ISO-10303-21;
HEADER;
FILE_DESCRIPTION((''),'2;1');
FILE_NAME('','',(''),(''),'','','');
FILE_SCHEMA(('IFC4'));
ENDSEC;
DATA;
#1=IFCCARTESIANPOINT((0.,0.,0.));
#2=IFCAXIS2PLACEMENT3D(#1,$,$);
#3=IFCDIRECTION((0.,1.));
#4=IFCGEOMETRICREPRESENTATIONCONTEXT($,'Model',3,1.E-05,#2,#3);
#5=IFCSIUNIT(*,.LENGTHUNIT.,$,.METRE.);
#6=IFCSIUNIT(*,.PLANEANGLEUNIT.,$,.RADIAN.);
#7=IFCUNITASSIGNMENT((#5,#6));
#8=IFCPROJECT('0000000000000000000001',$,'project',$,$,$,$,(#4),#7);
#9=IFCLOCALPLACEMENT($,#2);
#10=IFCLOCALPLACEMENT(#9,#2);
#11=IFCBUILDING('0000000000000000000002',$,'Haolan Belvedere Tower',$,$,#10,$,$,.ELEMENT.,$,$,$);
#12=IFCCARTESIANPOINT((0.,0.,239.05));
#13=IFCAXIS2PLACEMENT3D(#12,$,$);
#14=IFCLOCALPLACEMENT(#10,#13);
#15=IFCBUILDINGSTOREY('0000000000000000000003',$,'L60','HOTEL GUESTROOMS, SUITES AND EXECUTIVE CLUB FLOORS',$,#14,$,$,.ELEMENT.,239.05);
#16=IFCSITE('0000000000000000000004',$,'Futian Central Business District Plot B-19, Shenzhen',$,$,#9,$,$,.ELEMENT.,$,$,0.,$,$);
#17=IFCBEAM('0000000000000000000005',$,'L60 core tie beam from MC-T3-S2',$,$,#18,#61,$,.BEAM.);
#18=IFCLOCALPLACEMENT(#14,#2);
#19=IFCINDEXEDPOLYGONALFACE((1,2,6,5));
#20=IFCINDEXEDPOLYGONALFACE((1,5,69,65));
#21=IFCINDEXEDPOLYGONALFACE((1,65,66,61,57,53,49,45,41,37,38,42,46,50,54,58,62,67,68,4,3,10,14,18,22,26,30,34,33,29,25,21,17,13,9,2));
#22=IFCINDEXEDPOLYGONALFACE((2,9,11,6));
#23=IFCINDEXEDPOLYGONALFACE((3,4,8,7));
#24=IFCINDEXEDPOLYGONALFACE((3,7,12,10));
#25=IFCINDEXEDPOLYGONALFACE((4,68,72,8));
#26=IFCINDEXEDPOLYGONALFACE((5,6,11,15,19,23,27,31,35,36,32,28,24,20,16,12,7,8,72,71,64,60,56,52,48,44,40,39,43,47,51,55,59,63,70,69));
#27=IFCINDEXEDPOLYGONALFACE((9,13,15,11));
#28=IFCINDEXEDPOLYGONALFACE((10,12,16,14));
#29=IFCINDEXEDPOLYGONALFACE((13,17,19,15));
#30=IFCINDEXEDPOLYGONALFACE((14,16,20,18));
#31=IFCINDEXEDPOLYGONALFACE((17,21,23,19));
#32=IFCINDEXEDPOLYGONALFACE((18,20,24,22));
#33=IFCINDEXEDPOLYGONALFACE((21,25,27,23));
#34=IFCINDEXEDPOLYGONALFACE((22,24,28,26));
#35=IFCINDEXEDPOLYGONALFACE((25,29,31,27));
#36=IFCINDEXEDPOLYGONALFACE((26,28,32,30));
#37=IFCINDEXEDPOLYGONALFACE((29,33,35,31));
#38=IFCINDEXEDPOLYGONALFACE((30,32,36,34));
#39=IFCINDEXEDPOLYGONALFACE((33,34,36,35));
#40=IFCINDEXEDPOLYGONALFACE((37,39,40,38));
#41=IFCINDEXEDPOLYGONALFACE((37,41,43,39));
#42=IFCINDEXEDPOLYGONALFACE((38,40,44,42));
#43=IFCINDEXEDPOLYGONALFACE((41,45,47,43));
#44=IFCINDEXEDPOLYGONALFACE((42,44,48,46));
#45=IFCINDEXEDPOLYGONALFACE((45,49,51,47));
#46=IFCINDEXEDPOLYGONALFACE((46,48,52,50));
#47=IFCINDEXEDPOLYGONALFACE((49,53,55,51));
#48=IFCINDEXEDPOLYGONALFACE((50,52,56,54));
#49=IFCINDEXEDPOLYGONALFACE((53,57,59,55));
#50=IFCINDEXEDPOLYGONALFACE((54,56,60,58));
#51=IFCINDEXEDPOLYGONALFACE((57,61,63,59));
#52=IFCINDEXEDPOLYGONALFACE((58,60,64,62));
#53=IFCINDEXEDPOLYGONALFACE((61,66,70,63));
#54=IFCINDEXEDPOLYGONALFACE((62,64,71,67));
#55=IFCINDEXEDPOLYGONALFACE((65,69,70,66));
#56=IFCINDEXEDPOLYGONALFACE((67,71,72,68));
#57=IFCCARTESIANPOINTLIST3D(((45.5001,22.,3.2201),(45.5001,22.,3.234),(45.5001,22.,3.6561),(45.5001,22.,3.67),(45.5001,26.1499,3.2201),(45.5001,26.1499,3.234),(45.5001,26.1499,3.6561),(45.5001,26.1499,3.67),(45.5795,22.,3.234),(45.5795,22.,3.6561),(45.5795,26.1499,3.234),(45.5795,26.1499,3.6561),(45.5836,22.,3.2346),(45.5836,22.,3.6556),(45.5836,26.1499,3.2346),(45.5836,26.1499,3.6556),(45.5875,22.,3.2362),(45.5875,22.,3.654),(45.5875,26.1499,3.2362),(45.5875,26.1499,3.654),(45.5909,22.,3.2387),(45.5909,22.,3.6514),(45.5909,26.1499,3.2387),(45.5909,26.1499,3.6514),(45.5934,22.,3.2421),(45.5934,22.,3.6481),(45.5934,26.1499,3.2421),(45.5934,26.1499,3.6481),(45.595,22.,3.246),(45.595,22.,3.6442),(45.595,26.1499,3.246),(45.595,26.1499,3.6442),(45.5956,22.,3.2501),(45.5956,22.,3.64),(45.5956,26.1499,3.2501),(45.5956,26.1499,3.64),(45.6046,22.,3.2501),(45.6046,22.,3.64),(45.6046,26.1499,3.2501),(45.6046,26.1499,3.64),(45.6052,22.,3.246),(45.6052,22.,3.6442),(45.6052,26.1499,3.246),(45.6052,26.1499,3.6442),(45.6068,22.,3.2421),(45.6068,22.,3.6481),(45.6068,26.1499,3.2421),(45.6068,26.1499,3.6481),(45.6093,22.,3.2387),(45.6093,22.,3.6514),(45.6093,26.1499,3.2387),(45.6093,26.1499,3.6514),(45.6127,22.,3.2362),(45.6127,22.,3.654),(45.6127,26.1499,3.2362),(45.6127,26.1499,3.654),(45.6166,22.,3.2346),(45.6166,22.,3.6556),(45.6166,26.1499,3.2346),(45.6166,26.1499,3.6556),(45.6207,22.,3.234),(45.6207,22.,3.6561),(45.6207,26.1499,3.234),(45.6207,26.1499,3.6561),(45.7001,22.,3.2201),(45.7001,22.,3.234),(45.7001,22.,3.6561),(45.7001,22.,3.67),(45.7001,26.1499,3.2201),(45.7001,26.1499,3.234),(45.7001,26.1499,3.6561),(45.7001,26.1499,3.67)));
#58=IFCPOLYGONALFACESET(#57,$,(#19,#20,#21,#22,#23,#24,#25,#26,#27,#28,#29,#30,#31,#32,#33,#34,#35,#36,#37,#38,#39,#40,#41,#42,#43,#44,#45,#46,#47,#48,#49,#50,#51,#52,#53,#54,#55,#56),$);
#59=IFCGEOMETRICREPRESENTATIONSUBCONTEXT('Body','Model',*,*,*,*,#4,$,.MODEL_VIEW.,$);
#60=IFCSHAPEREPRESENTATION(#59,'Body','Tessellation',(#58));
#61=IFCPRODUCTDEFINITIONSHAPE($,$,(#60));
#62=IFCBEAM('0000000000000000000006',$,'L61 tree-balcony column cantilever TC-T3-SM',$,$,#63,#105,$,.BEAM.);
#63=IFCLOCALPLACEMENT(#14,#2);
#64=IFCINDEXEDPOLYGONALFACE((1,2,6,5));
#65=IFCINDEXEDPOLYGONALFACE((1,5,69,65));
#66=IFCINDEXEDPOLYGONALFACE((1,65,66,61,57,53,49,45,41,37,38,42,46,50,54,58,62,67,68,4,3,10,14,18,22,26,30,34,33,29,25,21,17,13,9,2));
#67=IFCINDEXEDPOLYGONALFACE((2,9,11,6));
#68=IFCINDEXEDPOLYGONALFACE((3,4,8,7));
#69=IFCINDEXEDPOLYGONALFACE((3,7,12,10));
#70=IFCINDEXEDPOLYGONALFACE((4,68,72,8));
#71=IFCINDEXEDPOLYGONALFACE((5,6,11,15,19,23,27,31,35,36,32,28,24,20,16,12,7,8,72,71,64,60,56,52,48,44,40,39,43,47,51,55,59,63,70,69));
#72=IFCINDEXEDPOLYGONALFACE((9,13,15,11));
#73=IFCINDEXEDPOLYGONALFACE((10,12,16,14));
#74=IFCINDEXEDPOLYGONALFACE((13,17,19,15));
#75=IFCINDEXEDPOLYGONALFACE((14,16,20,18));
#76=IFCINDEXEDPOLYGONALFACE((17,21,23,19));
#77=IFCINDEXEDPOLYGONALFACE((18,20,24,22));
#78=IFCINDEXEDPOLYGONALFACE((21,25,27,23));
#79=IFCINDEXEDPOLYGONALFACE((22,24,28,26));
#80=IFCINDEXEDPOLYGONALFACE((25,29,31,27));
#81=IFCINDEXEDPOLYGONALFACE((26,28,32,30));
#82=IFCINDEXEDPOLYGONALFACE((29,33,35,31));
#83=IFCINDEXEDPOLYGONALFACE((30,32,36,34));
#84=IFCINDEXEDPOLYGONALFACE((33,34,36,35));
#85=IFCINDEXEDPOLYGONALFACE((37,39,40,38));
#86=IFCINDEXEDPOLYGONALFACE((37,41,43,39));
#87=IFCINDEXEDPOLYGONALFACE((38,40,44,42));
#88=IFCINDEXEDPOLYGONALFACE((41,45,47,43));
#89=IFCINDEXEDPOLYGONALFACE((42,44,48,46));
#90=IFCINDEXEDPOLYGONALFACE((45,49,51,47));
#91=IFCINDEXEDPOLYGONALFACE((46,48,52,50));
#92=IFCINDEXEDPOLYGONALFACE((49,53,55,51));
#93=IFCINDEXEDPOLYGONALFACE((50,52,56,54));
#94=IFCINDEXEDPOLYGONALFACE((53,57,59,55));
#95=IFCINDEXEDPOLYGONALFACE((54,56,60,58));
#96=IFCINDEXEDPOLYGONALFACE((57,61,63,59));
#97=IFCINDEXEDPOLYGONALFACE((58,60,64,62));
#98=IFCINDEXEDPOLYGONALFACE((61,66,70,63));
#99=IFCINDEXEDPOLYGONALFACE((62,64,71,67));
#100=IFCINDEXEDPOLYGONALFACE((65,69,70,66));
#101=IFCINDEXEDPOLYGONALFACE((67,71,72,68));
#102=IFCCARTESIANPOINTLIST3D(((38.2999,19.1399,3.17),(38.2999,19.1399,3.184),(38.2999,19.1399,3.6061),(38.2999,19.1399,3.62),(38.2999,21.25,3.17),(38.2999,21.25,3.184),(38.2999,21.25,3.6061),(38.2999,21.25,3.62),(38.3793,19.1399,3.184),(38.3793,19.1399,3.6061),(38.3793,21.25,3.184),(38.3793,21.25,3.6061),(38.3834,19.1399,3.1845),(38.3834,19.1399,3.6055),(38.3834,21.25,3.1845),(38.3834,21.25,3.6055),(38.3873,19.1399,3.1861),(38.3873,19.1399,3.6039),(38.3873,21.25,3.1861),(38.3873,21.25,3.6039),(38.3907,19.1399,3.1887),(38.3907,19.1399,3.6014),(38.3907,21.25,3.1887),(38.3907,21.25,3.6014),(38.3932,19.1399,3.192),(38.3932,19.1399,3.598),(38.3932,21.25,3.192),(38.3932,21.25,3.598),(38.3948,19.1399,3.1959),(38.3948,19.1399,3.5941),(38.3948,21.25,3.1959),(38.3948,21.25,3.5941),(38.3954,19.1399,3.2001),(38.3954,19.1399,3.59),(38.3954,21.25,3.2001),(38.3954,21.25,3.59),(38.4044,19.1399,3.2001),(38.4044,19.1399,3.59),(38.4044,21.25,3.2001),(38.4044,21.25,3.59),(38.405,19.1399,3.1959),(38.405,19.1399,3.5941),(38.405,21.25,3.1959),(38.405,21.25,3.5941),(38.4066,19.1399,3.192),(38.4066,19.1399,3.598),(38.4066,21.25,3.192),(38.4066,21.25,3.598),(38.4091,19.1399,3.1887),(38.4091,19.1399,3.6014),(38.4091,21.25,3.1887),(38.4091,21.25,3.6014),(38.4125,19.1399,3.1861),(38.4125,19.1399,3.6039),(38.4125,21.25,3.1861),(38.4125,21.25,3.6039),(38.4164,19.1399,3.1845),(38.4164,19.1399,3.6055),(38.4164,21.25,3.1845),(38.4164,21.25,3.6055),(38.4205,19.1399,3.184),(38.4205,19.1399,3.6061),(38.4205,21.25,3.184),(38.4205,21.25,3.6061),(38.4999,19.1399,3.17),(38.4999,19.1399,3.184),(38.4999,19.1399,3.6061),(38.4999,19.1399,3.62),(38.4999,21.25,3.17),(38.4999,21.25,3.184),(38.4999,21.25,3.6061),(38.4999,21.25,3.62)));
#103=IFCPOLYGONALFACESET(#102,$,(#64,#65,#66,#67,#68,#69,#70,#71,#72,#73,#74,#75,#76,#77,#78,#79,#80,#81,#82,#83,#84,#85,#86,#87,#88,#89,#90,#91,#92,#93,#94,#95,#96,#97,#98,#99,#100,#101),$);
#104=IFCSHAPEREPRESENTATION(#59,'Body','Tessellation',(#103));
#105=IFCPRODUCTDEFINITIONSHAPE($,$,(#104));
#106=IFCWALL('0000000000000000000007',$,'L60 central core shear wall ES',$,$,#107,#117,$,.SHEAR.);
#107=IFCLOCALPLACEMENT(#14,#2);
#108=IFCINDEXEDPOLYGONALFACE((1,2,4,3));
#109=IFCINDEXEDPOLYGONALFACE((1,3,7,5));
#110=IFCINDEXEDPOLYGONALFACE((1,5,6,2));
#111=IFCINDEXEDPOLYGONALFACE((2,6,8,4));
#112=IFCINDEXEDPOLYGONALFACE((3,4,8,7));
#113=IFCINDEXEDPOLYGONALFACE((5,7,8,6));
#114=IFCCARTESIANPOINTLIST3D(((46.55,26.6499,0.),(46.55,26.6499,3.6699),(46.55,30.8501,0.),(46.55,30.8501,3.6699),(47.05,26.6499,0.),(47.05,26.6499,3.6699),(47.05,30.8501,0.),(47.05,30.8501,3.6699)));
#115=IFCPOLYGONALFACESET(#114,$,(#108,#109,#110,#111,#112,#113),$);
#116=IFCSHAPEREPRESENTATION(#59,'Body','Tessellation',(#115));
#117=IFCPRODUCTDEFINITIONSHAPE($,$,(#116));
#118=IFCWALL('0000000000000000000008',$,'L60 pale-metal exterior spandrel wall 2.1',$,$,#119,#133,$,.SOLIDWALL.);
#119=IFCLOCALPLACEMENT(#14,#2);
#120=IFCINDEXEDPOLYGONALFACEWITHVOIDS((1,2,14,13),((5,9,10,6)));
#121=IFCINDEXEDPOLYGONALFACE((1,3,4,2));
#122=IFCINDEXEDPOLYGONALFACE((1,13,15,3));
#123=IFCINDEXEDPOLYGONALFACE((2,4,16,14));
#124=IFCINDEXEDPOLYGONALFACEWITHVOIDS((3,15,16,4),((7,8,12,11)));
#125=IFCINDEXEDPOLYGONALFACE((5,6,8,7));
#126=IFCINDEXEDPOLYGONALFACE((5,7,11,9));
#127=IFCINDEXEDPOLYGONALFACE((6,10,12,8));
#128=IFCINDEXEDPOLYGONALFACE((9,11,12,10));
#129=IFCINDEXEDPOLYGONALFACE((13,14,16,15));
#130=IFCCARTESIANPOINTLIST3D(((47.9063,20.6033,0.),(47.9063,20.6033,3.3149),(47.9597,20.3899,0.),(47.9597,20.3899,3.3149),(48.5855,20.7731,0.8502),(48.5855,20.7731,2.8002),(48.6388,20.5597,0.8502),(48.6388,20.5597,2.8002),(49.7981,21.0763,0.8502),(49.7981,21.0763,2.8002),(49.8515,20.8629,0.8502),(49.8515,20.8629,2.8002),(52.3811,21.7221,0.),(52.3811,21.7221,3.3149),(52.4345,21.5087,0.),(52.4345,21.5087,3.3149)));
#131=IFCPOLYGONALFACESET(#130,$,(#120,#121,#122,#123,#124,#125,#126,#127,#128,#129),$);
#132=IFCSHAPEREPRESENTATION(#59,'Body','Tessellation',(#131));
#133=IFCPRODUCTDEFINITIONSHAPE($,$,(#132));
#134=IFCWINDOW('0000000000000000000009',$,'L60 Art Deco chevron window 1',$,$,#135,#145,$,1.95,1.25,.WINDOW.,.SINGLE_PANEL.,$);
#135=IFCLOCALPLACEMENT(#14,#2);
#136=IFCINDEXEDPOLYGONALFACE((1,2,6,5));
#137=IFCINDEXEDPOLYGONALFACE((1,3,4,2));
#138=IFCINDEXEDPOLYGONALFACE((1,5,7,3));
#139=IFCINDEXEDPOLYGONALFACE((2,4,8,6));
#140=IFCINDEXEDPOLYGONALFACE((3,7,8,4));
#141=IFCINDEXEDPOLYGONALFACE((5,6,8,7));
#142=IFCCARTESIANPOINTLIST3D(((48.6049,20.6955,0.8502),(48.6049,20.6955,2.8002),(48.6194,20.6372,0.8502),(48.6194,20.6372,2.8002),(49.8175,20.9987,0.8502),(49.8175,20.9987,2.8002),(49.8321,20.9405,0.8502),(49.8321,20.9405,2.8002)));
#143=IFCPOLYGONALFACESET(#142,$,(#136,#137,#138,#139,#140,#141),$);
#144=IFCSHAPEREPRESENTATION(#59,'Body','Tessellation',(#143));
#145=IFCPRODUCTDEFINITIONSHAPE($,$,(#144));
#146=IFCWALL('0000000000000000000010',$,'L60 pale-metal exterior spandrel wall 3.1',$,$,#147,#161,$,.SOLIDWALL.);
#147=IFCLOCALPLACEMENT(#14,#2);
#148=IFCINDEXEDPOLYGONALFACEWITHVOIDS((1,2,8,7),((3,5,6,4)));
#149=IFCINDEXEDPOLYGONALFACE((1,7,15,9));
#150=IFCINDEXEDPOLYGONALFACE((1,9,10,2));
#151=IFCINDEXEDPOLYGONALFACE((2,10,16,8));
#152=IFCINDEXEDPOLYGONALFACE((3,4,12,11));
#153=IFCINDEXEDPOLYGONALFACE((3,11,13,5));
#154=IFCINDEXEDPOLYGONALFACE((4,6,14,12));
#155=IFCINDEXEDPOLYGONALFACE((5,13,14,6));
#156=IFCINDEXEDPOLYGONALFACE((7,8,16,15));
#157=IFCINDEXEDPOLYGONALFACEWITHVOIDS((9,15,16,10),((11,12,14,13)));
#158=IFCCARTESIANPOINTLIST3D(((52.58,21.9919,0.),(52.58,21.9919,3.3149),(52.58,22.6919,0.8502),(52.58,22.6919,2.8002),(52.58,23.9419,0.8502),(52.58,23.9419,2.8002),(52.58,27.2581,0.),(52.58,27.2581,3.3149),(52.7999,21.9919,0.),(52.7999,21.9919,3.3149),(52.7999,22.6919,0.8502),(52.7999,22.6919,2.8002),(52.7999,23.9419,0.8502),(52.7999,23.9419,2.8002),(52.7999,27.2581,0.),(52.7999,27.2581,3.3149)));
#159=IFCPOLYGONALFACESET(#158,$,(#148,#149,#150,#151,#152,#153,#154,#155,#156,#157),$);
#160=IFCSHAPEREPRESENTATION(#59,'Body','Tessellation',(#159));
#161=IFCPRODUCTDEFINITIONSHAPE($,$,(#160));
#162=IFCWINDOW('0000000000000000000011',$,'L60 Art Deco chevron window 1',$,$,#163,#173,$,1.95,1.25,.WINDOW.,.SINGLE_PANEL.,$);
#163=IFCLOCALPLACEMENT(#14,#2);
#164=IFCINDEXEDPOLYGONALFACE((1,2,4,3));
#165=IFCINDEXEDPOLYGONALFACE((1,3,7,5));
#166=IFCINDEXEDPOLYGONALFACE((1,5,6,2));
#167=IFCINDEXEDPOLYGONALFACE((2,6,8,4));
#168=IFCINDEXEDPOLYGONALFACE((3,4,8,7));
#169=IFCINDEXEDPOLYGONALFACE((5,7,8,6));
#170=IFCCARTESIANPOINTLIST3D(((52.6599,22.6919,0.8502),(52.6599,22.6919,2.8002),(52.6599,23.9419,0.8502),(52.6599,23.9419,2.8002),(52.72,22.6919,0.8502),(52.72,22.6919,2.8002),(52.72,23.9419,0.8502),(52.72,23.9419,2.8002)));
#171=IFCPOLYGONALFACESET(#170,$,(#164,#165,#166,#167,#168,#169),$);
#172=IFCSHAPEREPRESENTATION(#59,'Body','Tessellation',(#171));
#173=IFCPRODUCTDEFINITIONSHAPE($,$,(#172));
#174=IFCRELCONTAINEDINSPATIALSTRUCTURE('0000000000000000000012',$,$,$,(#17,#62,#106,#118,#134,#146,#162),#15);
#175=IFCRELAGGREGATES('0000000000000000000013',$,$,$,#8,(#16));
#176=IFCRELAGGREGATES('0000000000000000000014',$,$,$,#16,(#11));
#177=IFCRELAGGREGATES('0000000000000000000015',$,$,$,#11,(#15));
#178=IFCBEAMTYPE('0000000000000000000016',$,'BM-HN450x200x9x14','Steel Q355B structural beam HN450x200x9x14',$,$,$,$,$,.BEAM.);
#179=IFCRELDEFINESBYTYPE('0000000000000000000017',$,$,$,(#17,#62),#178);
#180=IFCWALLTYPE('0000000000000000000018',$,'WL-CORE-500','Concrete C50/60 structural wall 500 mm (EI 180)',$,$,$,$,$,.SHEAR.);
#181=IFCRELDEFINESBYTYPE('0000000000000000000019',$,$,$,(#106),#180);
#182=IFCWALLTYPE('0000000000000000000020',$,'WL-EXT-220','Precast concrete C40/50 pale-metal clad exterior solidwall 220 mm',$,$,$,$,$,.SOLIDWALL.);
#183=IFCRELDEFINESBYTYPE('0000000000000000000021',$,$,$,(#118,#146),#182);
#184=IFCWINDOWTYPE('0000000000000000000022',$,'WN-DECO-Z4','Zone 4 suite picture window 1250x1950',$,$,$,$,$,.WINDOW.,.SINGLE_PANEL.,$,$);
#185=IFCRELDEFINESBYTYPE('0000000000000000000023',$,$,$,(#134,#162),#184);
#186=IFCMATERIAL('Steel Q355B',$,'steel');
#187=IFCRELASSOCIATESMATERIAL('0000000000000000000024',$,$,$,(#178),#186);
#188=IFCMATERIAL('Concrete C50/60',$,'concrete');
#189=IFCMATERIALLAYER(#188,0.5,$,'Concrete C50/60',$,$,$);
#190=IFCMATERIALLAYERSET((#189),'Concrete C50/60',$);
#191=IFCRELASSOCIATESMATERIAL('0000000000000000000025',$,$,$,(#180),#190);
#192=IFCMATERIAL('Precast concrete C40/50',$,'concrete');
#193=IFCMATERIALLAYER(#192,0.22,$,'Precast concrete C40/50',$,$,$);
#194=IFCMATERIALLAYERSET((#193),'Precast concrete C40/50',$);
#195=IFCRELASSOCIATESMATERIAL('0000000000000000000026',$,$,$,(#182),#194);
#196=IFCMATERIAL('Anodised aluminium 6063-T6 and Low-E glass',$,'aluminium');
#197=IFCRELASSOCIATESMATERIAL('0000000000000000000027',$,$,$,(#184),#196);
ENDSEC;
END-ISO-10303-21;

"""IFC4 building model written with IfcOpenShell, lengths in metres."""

from ifc_helpers import new_model, si_unit, direction, frame, frame_2d, origin, origin_2d, place, context, subcontext, project, spatial, rectangle, i_section, extrude, material, layer, layer_set, material_profile, profile_set, type_object, element, fill, save


model = new_model("IFC4")

# Units and contexts
model_context = context("Model", 3, precision=1e-05, world=origin(), true_north=direction((0.0, 1.0)))
body_context = subcontext(model_context, "Body", "Model", "MODEL_VIEW")
ifc_project = project(units=[si_unit("LENGTHUNIT", "METRE"), si_unit("PLANEANGLEUNIT", "RADIAN")], contexts=[model_context])

# Site, building, storey
site_placement = place(None, origin())
site = spatial("IfcSite", under=ifc_project, at=site_placement, Name="Futian Central Business District Plot B-19, Shenzhen", CompositionType="ELEMENT", RefElevation=0.0)
building_placement = place(site_placement, origin())
building = spatial("IfcBuilding", under=site, at=building_placement, Name="Haolan Belvedere Tower", CompositionType="ELEMENT")
storey_placement = place(building_placement, frame((0.0, 0.0, 239.05)))
storey = spatial("IfcBuildingStorey", under=building, at=storey_placement, Name="L60", Description="HOTEL GUESTROOMS, SUITES AND EXECUTIVE CLUB FLOORS", CompositionType="ELEMENT", Elevation=239.05)

# Beams
ifc_material_1 = material(Name="Steel Q355B", Category="steel")
ifc_material_profile_1 = material_profile(ifc_material_1, i_section(OverallWidth=0.2, OverallDepth=0.45, WebThickness=0.009, FlangeThickness=0.0139, FilletRadius=0.0161, at=origin_2d()), Name="Steel Q355B")
ifc_profile_set_1 = profile_set([ifc_material_profile_1], Name="Steel Q355B")
beam_type_1 = type_object("IfcBeamType", Name="BM-HN450x200x9x14", Description="Steel Q355B structural beam HN450x200x9x14", PredefinedType="BEAM", material=ifc_profile_set_1)
beam_1_placement = place(storey_placement, frame((45.6001, 22.0, 3.4451), z_axis=(0.0, 1.0, 0.0), x_axis=(-1.0, 0.0, 0.0)))
element("IfcBeam", 1, at=beam_1_placement, inside=storey, type_object=beam_type_1, Name="L60 core tie beam from MC-T3-S2", PredefinedType="BEAM", context=body_context, shape_type="SweptSolid", body=[
    extrude(i_section(OverallWidth=0.2, OverallDepth=0.45, WebThickness=0.009, FlangeThickness=0.0139, FilletRadius=0.0161, at=origin_2d()), origin(), (0.0, 0.0, 1.0), 4.1499),
])
beam_2_placement = place(storey_placement, frame((38.3999, 21.25, 3.395), z_axis=(0.0, -1.0, 0.0), x_axis=(1.0, 0.0, 0.0)))
element("IfcBeam", 2, at=beam_2_placement, inside=storey, type_object=beam_type_1, Name="L61 tree-balcony column cantilever TC-T3-SM", PredefinedType="BEAM", context=body_context, shape_type="SweptSolid", body=[
    extrude(i_section(OverallWidth=0.2, OverallDepth=0.45, WebThickness=0.009, FlangeThickness=0.0139, FilletRadius=0.0161, at=origin_2d()), origin(), (0.0, 0.0, 1.0), 2.1101),
])

# Wall
ifc_material_2 = material(Name="Concrete C50/60", Category="concrete")
ifc_layer_1 = layer(ifc_material_2, 0.5, Name="Concrete C50/60")
ifc_layer_set_1 = layer_set([ifc_layer_1], Name="Concrete C50/60")
wall_type_1 = type_object("IfcWallType", Name="WL-CORE-500", Description="Concrete C50/60 structural wall 500 mm (EI 180)", PredefinedType="SHEAR", material=ifc_layer_set_1)
wall_1_placement = place(storey_placement, frame((46.8, 26.6499, 0.0), z_axis=(0.0, 0.0, 1.0), x_axis=(0.0, 1.0, 0.0)))
element("IfcWall", 3, at=wall_1_placement, inside=storey, type_object=wall_type_1, Name="L60 central core shear wall ES", PredefinedType="SHEAR", context=body_context, shape_type="SweptSolid", body=[
    extrude(rectangle(XDim=4.2002, YDim=0.5, at=frame_2d((2.1001, 0.0))), origin(), (0.0, 0.0, 1.0), 3.6699),
])

# Walls, openings, windows
ifc_material_3 = material(Name="Precast concrete C40/50", Category="concrete")
ifc_layer_2 = layer(ifc_material_3, 0.22, Name="Precast concrete C40/50")
ifc_layer_set_2 = layer_set([ifc_layer_2], Name="Precast concrete C40/50")
wall_type_2 = type_object("IfcWallType", Name="WL-EXT-220", Description="Precast concrete C40/50 pale-metal clad exterior solidwall 220 mm", PredefinedType="SOLIDWALL", material=ifc_layer_set_2)
wall_2_placement = place(storey_placement, frame((47.9331, 20.4966, 0.0), z_axis=(0.0, 0.0, 1.0), x_axis=(0.970133, 0.242573, 0.0)))
wall_2 = element("IfcWall", 4, at=wall_2_placement, inside=storey, type_object=wall_type_2, Name="L60 pale-metal exterior spandrel wall 2.1", PredefinedType="SOLIDWALL", context=body_context, shape_type="SweptSolid", body=[
    extrude(rectangle(XDim=4.6125, YDim=0.22, at=frame_2d((2.3062, 0.0))), origin(), (0.0, 0.0, 1.0), 3.3149),
])
opening_1_placement = place(wall_2_placement, frame((0.7, 0.0, 0.8501)))
opening_1 = element("IfcOpeningElement", 5, at=opening_1_placement, cuts=wall_2, PredefinedType="OPENING", context=body_context, shape_type="SweptSolid", body=[
    extrude(rectangle(XDim=1.25, YDim=1.95, at=frame_2d((0.625, 0.9751))), frame((0.0, 0.1199, 0.0), z_axis=(0.0, -1.0, 0.0), x_axis=(1.0, 0.0, 0.0)), (0.0, 0.0, 1.0), 0.24),
])
ifc_material_4 = material(Name="Anodised aluminium 6063-T6 and Low-E glass", Category="aluminium")
window_type = type_object("IfcWindowType", Name="WN-DECO-Z4", Description="Zone 4 suite picture window 1250x1950", PartitioningType="SINGLE_PANEL", PredefinedType="WINDOW", material=ifc_material_4)
window_1_placement = place(opening_1_placement, origin())
window_1 = element("IfcWindow", 6, at=window_1_placement, inside=storey, type_object=window_type, Name="L60 Art Deco chevron window 1", OverallHeight=1.95, OverallWidth=1.25, PartitioningType="SINGLE_PANEL", PredefinedType="WINDOW", context=body_context, shape_type="SweptSolid", body=[
    extrude(rectangle(XDim=1.25, YDim=1.95, at=frame_2d((0.625, 0.9751))), frame((0.0, 0.03, 0.0), z_axis=(0.0, -1.0, 0.0), x_axis=(1.0, 0.0, 0.0)), (0.0, 0.0, 1.0), 0.0601),
])
fill(opening_1, window_1)
wall_3_placement = place(storey_placement, frame((52.6899, 21.9919, 0.0), z_axis=(0.0, 0.0, 1.0), x_axis=(0.0, 1.0, 0.0)))
wall_3 = element("IfcWall", 7, at=wall_3_placement, inside=storey, type_object=wall_type_2, Name="L60 pale-metal exterior spandrel wall 3.1", PredefinedType="SOLIDWALL", context=body_context, shape_type="SweptSolid", body=[
    extrude(rectangle(XDim=5.2661, YDim=0.22, at=frame_2d((2.6331, 0.0))), origin(), (0.0, 0.0, 1.0), 3.3149),
])
opening_2_placement = place(wall_3_placement, frame((0.7, 0.0, 0.8501)))
opening_2 = element("IfcOpeningElement", 8, at=opening_2_placement, cuts=wall_3, PredefinedType="OPENING", context=body_context, shape_type="SweptSolid", body=[
    extrude(rectangle(XDim=1.25, YDim=1.95, at=frame_2d((0.625, 0.9751))), frame((0.0, 0.1199, 0.0), z_axis=(0.0, -1.0, 0.0), x_axis=(1.0, 0.0, 0.0)), (0.0, 0.0, 1.0), 0.24),
])
window_2_placement = place(opening_2_placement, origin())
window_2 = element("IfcWindow", 9, at=window_2_placement, inside=storey, type_object=window_type, Name="L60 Art Deco chevron window 1", OverallHeight=1.95, OverallWidth=1.25, PartitioningType="SINGLE_PANEL", PredefinedType="WINDOW", context=body_context, shape_type="SweptSolid", body=[
    extrude(rectangle(XDim=1.25, YDim=1.95, at=frame_2d((0.625, 0.9751))), frame((0.0, 0.03, 0.0), z_axis=(0.0, -1.0, 0.0), x_axis=(1.0, 0.0, 0.0)), (0.0, 0.0, 1.0), 0.0601),
])
fill(opening_2, window_2)

save(model, "model.ifc")
